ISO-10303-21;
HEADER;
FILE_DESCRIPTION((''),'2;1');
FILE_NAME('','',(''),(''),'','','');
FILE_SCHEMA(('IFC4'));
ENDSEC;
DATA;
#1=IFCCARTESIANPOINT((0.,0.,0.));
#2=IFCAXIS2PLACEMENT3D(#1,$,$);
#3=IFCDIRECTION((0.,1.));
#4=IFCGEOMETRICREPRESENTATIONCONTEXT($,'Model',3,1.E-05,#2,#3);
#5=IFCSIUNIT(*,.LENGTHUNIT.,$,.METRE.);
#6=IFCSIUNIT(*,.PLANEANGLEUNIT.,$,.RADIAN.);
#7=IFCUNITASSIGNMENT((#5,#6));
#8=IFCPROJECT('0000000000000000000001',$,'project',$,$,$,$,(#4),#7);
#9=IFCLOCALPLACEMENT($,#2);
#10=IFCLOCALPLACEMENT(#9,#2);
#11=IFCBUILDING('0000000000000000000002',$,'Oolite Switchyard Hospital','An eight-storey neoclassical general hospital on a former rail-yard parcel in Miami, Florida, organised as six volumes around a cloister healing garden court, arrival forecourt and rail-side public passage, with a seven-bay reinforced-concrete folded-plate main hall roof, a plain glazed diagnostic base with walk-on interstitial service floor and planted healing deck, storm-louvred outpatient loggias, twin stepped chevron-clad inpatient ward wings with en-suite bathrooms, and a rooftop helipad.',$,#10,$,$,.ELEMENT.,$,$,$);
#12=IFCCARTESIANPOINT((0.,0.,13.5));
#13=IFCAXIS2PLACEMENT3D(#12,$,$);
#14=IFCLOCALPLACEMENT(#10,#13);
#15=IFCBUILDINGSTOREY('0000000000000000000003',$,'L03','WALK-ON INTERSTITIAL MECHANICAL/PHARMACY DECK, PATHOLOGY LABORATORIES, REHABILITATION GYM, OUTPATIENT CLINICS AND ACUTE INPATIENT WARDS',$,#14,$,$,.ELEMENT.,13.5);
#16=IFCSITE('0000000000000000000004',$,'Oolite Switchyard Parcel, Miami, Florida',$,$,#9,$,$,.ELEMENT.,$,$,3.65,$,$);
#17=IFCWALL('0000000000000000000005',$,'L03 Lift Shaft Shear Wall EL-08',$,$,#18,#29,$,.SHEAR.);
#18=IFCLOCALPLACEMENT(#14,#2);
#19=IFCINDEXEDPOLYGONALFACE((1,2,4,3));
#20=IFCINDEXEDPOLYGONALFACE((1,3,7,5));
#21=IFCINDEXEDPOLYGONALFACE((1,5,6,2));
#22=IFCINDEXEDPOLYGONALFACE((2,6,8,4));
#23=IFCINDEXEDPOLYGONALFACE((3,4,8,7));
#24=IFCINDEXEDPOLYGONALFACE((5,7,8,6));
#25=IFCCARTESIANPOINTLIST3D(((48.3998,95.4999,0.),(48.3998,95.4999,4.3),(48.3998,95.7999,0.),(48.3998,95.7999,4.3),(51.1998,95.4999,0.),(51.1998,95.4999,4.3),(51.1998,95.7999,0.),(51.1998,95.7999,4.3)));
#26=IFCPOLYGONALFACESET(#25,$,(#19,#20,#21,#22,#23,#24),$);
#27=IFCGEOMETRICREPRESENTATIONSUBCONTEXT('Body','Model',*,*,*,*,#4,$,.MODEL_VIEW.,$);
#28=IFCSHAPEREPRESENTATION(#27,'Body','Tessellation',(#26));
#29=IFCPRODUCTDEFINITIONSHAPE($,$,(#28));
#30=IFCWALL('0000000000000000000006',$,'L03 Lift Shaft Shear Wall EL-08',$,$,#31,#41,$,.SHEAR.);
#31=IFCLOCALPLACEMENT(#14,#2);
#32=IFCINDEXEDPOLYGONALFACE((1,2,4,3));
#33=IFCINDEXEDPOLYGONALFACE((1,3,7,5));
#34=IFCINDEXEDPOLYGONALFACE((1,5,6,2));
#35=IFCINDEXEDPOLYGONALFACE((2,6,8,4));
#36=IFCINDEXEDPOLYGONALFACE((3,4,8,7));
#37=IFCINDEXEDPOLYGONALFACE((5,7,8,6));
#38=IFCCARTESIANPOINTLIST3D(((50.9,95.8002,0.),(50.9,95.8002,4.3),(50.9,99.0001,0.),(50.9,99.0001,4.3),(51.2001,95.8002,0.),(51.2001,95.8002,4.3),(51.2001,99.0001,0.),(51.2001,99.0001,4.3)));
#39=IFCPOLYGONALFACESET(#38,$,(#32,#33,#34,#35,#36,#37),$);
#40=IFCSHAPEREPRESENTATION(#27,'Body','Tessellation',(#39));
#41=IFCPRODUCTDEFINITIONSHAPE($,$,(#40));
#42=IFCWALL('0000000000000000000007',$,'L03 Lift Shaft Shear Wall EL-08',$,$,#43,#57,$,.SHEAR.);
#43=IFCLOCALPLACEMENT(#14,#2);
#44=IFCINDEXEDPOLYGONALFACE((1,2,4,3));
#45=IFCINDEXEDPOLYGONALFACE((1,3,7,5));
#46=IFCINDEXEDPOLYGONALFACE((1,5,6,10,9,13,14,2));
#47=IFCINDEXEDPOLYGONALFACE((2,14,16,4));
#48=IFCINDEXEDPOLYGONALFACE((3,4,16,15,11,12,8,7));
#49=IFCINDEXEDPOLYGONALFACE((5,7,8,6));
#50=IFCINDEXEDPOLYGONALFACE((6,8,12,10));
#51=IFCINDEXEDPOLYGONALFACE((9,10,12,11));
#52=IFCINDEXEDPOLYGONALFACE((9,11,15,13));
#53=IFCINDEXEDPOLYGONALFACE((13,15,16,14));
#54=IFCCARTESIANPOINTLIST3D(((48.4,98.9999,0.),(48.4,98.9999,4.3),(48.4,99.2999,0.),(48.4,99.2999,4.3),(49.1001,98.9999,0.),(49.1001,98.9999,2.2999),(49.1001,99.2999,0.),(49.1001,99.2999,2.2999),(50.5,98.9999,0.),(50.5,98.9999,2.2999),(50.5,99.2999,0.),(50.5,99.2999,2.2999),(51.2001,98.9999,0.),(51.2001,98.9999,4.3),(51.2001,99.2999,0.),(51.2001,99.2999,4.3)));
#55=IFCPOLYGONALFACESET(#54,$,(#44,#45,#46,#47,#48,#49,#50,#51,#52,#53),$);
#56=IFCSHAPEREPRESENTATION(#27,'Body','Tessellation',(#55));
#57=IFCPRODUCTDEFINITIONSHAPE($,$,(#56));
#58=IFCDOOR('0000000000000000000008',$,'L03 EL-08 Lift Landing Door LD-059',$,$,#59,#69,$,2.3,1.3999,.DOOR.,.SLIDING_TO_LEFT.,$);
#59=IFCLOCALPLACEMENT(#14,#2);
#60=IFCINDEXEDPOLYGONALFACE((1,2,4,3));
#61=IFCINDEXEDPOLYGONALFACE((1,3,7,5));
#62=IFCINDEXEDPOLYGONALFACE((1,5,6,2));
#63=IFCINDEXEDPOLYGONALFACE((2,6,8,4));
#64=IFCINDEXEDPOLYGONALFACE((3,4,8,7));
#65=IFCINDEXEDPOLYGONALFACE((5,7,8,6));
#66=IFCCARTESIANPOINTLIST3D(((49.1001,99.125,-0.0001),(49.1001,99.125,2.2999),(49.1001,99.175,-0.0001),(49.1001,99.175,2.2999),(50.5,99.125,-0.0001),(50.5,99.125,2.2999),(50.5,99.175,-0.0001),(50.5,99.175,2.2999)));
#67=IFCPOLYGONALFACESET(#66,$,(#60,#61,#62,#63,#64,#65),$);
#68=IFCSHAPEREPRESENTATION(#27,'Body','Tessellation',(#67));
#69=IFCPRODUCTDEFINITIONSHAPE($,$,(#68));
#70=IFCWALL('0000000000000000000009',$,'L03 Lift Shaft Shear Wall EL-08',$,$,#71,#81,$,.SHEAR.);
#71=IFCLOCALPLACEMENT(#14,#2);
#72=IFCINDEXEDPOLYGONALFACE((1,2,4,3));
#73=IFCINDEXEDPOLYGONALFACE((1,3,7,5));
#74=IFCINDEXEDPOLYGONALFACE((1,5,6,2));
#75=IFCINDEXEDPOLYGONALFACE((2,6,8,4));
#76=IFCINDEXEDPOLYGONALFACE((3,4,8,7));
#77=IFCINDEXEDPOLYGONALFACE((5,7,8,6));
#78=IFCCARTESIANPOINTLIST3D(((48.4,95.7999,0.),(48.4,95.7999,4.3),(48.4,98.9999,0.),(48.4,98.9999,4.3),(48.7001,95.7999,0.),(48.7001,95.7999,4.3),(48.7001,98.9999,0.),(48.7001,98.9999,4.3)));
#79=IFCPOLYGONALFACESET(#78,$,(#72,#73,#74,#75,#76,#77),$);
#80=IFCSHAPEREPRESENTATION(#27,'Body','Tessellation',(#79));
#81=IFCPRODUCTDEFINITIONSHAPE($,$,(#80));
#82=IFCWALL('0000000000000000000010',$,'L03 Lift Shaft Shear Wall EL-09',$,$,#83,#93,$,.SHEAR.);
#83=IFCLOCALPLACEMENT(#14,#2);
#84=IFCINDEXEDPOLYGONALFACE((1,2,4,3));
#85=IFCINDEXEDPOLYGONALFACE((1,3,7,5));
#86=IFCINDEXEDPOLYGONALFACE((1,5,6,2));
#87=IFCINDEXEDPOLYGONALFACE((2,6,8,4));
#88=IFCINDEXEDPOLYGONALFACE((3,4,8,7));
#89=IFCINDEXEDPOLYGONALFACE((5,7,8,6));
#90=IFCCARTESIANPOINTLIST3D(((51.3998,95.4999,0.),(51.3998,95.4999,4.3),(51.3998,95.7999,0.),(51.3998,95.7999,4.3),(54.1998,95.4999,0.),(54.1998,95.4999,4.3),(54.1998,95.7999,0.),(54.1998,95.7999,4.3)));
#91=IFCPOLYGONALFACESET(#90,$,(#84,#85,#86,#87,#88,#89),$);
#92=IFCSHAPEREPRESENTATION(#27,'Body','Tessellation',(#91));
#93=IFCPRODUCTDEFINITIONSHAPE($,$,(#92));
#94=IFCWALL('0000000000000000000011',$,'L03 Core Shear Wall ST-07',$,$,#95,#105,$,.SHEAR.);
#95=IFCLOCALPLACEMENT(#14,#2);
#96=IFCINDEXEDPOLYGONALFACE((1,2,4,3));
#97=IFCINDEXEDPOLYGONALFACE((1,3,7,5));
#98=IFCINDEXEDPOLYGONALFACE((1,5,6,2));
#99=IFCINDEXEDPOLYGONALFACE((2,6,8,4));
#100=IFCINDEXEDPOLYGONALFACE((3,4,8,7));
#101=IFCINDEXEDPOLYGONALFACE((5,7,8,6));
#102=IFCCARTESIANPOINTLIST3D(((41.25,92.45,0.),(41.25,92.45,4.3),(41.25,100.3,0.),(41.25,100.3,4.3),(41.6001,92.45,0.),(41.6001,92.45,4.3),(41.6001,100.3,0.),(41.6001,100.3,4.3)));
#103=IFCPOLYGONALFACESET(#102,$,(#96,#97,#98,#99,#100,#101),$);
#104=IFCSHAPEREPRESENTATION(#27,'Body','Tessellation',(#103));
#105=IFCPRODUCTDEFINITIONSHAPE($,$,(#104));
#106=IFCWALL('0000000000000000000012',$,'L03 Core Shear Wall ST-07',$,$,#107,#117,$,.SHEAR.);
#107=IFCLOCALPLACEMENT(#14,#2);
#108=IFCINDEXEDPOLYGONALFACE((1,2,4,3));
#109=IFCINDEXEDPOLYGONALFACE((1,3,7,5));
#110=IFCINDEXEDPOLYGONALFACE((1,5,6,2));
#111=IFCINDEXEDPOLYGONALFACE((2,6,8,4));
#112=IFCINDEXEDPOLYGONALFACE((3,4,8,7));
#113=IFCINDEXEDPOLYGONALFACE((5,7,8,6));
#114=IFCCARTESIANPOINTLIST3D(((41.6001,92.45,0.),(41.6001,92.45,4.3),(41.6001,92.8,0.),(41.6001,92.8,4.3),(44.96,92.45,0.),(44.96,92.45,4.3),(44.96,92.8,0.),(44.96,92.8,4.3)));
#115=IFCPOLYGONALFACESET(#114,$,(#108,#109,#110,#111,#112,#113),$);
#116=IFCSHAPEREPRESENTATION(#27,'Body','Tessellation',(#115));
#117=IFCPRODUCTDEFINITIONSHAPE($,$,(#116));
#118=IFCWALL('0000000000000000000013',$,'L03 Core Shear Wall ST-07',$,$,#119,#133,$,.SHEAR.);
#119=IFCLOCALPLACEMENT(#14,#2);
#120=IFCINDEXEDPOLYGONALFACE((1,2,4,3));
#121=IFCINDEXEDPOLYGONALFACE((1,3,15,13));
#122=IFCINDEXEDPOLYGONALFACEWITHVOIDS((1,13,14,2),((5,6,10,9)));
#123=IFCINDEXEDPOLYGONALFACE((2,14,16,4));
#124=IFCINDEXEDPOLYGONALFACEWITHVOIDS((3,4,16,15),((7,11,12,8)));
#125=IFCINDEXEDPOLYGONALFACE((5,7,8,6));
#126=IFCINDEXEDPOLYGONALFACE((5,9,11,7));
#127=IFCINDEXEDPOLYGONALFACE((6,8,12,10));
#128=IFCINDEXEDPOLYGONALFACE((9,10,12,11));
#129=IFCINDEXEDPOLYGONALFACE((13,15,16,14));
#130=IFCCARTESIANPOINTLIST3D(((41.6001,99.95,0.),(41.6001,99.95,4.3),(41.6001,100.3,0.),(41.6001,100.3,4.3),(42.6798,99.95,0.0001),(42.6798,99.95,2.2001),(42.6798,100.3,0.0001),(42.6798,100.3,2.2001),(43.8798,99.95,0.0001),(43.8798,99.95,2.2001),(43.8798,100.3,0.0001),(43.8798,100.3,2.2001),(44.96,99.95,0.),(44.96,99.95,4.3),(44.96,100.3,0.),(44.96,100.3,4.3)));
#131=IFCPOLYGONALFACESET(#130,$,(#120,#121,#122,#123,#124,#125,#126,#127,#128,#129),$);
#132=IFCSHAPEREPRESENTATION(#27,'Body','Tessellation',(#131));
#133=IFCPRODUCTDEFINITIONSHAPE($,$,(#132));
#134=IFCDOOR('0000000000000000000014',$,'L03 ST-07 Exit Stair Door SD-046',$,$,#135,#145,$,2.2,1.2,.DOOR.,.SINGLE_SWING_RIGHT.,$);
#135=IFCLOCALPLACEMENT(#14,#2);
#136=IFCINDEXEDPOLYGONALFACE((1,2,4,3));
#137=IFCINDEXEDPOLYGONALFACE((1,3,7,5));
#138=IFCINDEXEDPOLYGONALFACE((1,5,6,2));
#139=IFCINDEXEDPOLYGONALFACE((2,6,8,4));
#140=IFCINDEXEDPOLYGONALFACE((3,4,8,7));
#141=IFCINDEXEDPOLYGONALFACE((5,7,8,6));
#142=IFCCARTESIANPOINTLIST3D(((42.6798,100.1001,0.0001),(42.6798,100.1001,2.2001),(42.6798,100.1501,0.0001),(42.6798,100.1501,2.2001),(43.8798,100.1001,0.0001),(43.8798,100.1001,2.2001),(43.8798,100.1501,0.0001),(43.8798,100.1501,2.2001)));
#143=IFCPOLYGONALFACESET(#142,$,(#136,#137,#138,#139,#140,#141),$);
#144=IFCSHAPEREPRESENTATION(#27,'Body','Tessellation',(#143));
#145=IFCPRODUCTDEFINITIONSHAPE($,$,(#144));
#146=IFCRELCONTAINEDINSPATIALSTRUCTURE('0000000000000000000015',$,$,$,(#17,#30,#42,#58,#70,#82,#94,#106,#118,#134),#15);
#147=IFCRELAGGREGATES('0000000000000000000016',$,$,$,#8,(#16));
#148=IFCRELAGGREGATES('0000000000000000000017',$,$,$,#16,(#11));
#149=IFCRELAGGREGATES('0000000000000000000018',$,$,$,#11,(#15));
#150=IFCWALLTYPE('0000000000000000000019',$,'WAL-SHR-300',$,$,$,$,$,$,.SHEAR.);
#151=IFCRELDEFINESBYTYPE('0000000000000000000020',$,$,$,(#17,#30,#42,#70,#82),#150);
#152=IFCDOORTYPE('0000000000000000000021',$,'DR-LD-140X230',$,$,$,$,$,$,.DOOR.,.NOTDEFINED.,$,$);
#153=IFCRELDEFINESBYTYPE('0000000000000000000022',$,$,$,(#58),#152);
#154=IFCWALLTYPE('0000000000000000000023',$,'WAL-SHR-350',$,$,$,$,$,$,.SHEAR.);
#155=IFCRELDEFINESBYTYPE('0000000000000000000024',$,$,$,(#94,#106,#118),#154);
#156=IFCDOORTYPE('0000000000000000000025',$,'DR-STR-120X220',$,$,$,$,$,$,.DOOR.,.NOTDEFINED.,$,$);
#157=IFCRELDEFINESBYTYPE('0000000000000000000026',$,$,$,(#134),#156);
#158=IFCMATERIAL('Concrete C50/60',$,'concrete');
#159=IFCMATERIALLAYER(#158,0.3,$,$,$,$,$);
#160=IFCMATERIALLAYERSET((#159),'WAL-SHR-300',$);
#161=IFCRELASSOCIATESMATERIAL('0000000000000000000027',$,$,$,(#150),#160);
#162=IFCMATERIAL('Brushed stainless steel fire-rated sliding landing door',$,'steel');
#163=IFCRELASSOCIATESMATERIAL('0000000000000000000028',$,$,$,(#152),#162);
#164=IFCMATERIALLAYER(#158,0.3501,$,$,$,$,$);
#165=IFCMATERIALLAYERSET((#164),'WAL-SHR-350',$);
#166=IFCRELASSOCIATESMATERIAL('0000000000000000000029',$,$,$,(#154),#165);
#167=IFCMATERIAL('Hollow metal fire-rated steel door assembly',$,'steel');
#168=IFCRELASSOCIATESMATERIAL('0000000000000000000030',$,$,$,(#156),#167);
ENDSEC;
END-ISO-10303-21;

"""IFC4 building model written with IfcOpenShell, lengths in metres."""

from ifc_helpers import new_model, si_unit, direction, frame, frame_2d, origin, place, context, subcontext, project, spatial, rectangle, extrude, material, layer, layer_set, type_object, element, fill, save


model = new_model("IFC4")

# Units and contexts
model_context = context("Model", 3, precision=1e-05, world=origin(), true_north=direction((0.0, 1.0)))
body_context = subcontext(model_context, "Body", "Model", "MODEL_VIEW")
ifc_project = project(units=[si_unit("LENGTHUNIT", "METRE"), si_unit("PLANEANGLEUNIT", "RADIAN")], contexts=[model_context])

# Site, building, storey
site_placement = place(None, origin())
site = spatial("IfcSite", under=ifc_project, at=site_placement, Name="Oolite Switchyard Parcel, Miami, Florida", CompositionType="ELEMENT", RefElevation=3.65)
building_placement = place(site_placement, origin())
building = spatial("IfcBuilding", under=site, at=building_placement, Name="Oolite Switchyard Hospital", Description="An eight-storey neoclassical general hospital on a former rail-yard parcel in Miami, Florida, organised as six volumes around a cloister healing garden court, arrival forecourt and rail-side public passage, with a seven-bay reinforced-concrete folded-plate main hall roof, a plain glazed diagnostic base with walk-on interstitial service floor and planted healing deck, storm-louvred outpatient loggias, twin stepped chevron-clad inpatient ward wings with en-suite bathrooms, and a rooftop helipad.", CompositionType="ELEMENT")
storey_placement = place(building_placement, frame((0.0, 0.0, 13.5)))
storey = spatial("IfcBuildingStorey", under=building, at=storey_placement, Name="L03", Description="WALK-ON INTERSTITIAL MECHANICAL/PHARMACY DECK, PATHOLOGY LABORATORIES, REHABILITATION GYM, OUTPATIENT CLINICS AND ACUTE INPATIENT WARDS", CompositionType="ELEMENT", Elevation=13.5)

# Shared definitions
ifc_material_1 = material(Name="Concrete C50/60", Category="concrete")

# Walls
ifc_layer_1 = layer(ifc_material_1, 0.3)
ifc_layer_set_1 = layer_set([ifc_layer_1], Name="WAL-SHR-300")
wall_type_1 = type_object("IfcWallType", Name="WAL-SHR-300", PredefinedType="SHEAR", material=ifc_layer_set_1)
wall_1_placement = place(storey_placement, frame((48.3999, 95.6499, 0.0), z_axis=(0.0, 0.0, 1.0), x_axis=(1.0, 0.0, 0.0)))
element("IfcWall", 1, at=wall_1_placement, inside=storey, type_object=wall_type_1, Name="L03 Lift Shaft Shear Wall EL-08", PredefinedType="SHEAR", context=body_context, shape_type="SweptSolid", body=[
    extrude(rectangle(XDim=2.8, YDim=0.3, at=frame_2d((1.3999, 0.0))), origin(), (0.0, 0.0, 1.0), 4.3),
])
wall_2_placement = place(storey_placement, frame((51.05, 95.8, 0.0), z_axis=(0.0, 0.0, 1.0), x_axis=(0.0, 1.0, 0.0)))
element("IfcWall", 2, at=wall_2_placement, inside=storey, type_object=wall_type_1, Name="L03 Lift Shaft Shear Wall EL-08", PredefinedType="SHEAR", context=body_context, shape_type="SweptSolid", body=[
    extrude(rectangle(XDim=3.2, YDim=0.3, at=frame_2d((1.6001, 0.0))), origin(), (0.0, 0.0, 1.0), 4.3),
])

# Wall, opening, door
wall_3_placement = place(storey_placement, frame((51.2, 99.1499, 0.0), z_axis=(0.0, 0.0, 1.0), x_axis=(-1.0, 0.0, 0.0)))
wall_3 = element("IfcWall", 3, at=wall_3_placement, inside=storey, type_object=wall_type_1, Name="L03 Lift Shaft Shear Wall EL-08", PredefinedType="SHEAR", context=body_context, shape_type="SweptSolid", body=[
    extrude(rectangle(XDim=2.8, YDim=0.3, at=frame_2d((1.3999, 0.0))), origin(), (0.0, 0.0, 1.0), 4.3),
])
opening_1_placement = place(wall_3_placement, frame((0.7, 0.0, 0.0)))
opening_1 = element("IfcOpeningElement", 4, at=opening_1_placement, cuts=wall_3, PredefinedType="OPENING", context=body_context, shape_type="SweptSolid", body=[
    extrude(rectangle(XDim=1.3999, YDim=2.3, at=frame_2d((0.7, 1.1499))), frame((0.0, 0.1602, 0.0), z_axis=(0.0, -1.0, 0.0), x_axis=(1.0, 0.0, 0.0)), (0.0, 0.0, 1.0), 0.3201),
])
ifc_material_2 = material(Name="Brushed stainless steel fire-rated sliding landing door", Category="steel")
door_type_1 = type_object("IfcDoorType", Name="DR-LD-140X230", OperationType="NOTDEFINED", PredefinedType="DOOR", material=ifc_material_2)
door_1_placement = place(opening_1_placement, origin())
door_1 = element("IfcDoor", 5, at=door_1_placement, inside=storey, type_object=door_type_1, Name="L03 EL-08 Lift Landing Door LD-059", OperationType="SLIDING_TO_LEFT", OverallHeight=2.3, OverallWidth=1.3999, PredefinedType="DOOR", context=body_context, shape_type="SweptSolid", body=[
    extrude(rectangle(XDim=1.3999, YDim=2.3, at=frame_2d((0.7, 1.1499))), frame((0.0, 0.0249, 0.0), z_axis=(0.0, -1.0, 0.0), x_axis=(1.0, 0.0, 0.0)), (0.0, 0.0, 1.0), 0.05),
])
fill(opening_1, door_1)

# Walls
wall_4_placement = place(storey_placement, frame((48.55, 99.0, 0.0), z_axis=(0.0, 0.0, 1.0), x_axis=(0.0, -1.0, 0.0)))
element("IfcWall", 6, at=wall_4_placement, inside=storey, type_object=wall_type_1, Name="L03 Lift Shaft Shear Wall EL-08", PredefinedType="SHEAR", context=body_context, shape_type="SweptSolid", body=[
    extrude(rectangle(XDim=3.2, YDim=0.3, at=frame_2d((1.6001, 0.0))), origin(), (0.0, 0.0, 1.0), 4.3),
])
wall_5_placement = place(storey_placement, frame((51.3999, 95.6499, 0.0), z_axis=(0.0, 0.0, 1.0), x_axis=(1.0, 0.0, 0.0)))
element("IfcWall", 7, at=wall_5_placement, inside=storey, type_object=wall_type_1, Name="L03 Lift Shaft Shear Wall EL-09", PredefinedType="SHEAR", context=body_context, shape_type="SweptSolid", body=[
    extrude(rectangle(XDim=2.8, YDim=0.3, at=frame_2d((1.3999, 0.0))), origin(), (0.0, 0.0, 1.0), 4.3),
])
ifc_layer_2 = layer(ifc_material_1, 0.3501)
ifc_layer_set_2 = layer_set([ifc_layer_2], Name="WAL-SHR-350")
wall_type_2 = type_object("IfcWallType", Name="WAL-SHR-350", PredefinedType="SHEAR", material=ifc_layer_set_2)
wall_6_placement = place(storey_placement, frame((41.425, 100.3, 0.0), z_axis=(0.0, 0.0, 1.0), x_axis=(0.0, -1.0, 0.0)))
element("IfcWall", 8, at=wall_6_placement, inside=storey, type_object=wall_type_2, Name="L03 Core Shear Wall ST-07", PredefinedType="SHEAR", context=body_context, shape_type="SweptSolid", body=[
    extrude(rectangle(XDim=7.8501, YDim=0.3501, at=frame_2d((3.925, 0.0))), origin(), (0.0, 0.0, 1.0), 4.3),
])
wall_7_placement = place(storey_placement, frame((41.6001, 92.625, 0.0), z_axis=(0.0, 0.0, 1.0), x_axis=(1.0, 0.0, 0.0)))
element("IfcWall", 9, at=wall_7_placement, inside=storey, type_object=wall_type_2, Name="L03 Core Shear Wall ST-07", PredefinedType="SHEAR", context=body_context, shape_type="SweptSolid", body=[
    extrude(rectangle(XDim=3.3599, YDim=0.3501, at=frame_2d((1.6799, 0.0))), origin(), (0.0, 0.0, 1.0), 4.3),
])

# Wall, opening, door
wall_8_placement = place(storey_placement, frame((44.96, 100.125, 0.0), z_axis=(0.0, 0.0, 1.0), x_axis=(-1.0, 0.0, 0.0)))
wall_8 = element("IfcWall", 10, at=wall_8_placement, inside=storey, type_object=wall_type_2, Name="L03 Core Shear Wall ST-07", PredefinedType="SHEAR", context=body_context, shape_type="SweptSolid", body=[
    extrude(rectangle(XDim=3.3599, YDim=0.3501, at=frame_2d((1.6799, 0.0))), origin(), (0.0, 0.0, 1.0), 4.3),
])
opening_2_placement = place(wall_8_placement, frame((1.0801, 0.0, 0.0)))
opening_2 = element("IfcOpeningElement", 11, at=opening_2_placement, cuts=wall_8, PredefinedType="OPENING", context=body_context, shape_type="SweptSolid", body=[
    extrude(rectangle(XDim=1.2, YDim=2.2, at=frame_2d((0.6001, 1.1001))), frame((0.0, 0.1851, 0.0), z_axis=(0.0, -1.0, 0.0), x_axis=(1.0, 0.0, 0.0)), (0.0, 0.0, 1.0), 0.3701),
])
ifc_material_3 = material(Name="Hollow metal fire-rated steel door assembly", Category="steel")
door_type_2 = type_object("IfcDoorType", Name="DR-STR-120X220", OperationType="NOTDEFINED", PredefinedType="DOOR", material=ifc_material_3)
door_2_placement = place(opening_2_placement, origin())
door_2 = element("IfcDoor", 12, at=door_2_placement, inside=storey, type_object=door_type_2, Name="L03 ST-07 Exit Stair Door SD-046", OperationType="SINGLE_SWING_RIGHT", OverallHeight=2.2, OverallWidth=1.2, PredefinedType="DOOR", context=body_context, shape_type="SweptSolid", body=[
    extrude(rectangle(XDim=1.2, YDim=2.2, at=frame_2d((0.6001, 1.1001))), frame((0.0, 0.0249, 0.0), z_axis=(0.0, -1.0, 0.0), x_axis=(1.0, 0.0, 0.0)), (0.0, 0.0, 1.0), 0.05),
])
fill(opening_2, door_2)

save(model, "model.ifc")
